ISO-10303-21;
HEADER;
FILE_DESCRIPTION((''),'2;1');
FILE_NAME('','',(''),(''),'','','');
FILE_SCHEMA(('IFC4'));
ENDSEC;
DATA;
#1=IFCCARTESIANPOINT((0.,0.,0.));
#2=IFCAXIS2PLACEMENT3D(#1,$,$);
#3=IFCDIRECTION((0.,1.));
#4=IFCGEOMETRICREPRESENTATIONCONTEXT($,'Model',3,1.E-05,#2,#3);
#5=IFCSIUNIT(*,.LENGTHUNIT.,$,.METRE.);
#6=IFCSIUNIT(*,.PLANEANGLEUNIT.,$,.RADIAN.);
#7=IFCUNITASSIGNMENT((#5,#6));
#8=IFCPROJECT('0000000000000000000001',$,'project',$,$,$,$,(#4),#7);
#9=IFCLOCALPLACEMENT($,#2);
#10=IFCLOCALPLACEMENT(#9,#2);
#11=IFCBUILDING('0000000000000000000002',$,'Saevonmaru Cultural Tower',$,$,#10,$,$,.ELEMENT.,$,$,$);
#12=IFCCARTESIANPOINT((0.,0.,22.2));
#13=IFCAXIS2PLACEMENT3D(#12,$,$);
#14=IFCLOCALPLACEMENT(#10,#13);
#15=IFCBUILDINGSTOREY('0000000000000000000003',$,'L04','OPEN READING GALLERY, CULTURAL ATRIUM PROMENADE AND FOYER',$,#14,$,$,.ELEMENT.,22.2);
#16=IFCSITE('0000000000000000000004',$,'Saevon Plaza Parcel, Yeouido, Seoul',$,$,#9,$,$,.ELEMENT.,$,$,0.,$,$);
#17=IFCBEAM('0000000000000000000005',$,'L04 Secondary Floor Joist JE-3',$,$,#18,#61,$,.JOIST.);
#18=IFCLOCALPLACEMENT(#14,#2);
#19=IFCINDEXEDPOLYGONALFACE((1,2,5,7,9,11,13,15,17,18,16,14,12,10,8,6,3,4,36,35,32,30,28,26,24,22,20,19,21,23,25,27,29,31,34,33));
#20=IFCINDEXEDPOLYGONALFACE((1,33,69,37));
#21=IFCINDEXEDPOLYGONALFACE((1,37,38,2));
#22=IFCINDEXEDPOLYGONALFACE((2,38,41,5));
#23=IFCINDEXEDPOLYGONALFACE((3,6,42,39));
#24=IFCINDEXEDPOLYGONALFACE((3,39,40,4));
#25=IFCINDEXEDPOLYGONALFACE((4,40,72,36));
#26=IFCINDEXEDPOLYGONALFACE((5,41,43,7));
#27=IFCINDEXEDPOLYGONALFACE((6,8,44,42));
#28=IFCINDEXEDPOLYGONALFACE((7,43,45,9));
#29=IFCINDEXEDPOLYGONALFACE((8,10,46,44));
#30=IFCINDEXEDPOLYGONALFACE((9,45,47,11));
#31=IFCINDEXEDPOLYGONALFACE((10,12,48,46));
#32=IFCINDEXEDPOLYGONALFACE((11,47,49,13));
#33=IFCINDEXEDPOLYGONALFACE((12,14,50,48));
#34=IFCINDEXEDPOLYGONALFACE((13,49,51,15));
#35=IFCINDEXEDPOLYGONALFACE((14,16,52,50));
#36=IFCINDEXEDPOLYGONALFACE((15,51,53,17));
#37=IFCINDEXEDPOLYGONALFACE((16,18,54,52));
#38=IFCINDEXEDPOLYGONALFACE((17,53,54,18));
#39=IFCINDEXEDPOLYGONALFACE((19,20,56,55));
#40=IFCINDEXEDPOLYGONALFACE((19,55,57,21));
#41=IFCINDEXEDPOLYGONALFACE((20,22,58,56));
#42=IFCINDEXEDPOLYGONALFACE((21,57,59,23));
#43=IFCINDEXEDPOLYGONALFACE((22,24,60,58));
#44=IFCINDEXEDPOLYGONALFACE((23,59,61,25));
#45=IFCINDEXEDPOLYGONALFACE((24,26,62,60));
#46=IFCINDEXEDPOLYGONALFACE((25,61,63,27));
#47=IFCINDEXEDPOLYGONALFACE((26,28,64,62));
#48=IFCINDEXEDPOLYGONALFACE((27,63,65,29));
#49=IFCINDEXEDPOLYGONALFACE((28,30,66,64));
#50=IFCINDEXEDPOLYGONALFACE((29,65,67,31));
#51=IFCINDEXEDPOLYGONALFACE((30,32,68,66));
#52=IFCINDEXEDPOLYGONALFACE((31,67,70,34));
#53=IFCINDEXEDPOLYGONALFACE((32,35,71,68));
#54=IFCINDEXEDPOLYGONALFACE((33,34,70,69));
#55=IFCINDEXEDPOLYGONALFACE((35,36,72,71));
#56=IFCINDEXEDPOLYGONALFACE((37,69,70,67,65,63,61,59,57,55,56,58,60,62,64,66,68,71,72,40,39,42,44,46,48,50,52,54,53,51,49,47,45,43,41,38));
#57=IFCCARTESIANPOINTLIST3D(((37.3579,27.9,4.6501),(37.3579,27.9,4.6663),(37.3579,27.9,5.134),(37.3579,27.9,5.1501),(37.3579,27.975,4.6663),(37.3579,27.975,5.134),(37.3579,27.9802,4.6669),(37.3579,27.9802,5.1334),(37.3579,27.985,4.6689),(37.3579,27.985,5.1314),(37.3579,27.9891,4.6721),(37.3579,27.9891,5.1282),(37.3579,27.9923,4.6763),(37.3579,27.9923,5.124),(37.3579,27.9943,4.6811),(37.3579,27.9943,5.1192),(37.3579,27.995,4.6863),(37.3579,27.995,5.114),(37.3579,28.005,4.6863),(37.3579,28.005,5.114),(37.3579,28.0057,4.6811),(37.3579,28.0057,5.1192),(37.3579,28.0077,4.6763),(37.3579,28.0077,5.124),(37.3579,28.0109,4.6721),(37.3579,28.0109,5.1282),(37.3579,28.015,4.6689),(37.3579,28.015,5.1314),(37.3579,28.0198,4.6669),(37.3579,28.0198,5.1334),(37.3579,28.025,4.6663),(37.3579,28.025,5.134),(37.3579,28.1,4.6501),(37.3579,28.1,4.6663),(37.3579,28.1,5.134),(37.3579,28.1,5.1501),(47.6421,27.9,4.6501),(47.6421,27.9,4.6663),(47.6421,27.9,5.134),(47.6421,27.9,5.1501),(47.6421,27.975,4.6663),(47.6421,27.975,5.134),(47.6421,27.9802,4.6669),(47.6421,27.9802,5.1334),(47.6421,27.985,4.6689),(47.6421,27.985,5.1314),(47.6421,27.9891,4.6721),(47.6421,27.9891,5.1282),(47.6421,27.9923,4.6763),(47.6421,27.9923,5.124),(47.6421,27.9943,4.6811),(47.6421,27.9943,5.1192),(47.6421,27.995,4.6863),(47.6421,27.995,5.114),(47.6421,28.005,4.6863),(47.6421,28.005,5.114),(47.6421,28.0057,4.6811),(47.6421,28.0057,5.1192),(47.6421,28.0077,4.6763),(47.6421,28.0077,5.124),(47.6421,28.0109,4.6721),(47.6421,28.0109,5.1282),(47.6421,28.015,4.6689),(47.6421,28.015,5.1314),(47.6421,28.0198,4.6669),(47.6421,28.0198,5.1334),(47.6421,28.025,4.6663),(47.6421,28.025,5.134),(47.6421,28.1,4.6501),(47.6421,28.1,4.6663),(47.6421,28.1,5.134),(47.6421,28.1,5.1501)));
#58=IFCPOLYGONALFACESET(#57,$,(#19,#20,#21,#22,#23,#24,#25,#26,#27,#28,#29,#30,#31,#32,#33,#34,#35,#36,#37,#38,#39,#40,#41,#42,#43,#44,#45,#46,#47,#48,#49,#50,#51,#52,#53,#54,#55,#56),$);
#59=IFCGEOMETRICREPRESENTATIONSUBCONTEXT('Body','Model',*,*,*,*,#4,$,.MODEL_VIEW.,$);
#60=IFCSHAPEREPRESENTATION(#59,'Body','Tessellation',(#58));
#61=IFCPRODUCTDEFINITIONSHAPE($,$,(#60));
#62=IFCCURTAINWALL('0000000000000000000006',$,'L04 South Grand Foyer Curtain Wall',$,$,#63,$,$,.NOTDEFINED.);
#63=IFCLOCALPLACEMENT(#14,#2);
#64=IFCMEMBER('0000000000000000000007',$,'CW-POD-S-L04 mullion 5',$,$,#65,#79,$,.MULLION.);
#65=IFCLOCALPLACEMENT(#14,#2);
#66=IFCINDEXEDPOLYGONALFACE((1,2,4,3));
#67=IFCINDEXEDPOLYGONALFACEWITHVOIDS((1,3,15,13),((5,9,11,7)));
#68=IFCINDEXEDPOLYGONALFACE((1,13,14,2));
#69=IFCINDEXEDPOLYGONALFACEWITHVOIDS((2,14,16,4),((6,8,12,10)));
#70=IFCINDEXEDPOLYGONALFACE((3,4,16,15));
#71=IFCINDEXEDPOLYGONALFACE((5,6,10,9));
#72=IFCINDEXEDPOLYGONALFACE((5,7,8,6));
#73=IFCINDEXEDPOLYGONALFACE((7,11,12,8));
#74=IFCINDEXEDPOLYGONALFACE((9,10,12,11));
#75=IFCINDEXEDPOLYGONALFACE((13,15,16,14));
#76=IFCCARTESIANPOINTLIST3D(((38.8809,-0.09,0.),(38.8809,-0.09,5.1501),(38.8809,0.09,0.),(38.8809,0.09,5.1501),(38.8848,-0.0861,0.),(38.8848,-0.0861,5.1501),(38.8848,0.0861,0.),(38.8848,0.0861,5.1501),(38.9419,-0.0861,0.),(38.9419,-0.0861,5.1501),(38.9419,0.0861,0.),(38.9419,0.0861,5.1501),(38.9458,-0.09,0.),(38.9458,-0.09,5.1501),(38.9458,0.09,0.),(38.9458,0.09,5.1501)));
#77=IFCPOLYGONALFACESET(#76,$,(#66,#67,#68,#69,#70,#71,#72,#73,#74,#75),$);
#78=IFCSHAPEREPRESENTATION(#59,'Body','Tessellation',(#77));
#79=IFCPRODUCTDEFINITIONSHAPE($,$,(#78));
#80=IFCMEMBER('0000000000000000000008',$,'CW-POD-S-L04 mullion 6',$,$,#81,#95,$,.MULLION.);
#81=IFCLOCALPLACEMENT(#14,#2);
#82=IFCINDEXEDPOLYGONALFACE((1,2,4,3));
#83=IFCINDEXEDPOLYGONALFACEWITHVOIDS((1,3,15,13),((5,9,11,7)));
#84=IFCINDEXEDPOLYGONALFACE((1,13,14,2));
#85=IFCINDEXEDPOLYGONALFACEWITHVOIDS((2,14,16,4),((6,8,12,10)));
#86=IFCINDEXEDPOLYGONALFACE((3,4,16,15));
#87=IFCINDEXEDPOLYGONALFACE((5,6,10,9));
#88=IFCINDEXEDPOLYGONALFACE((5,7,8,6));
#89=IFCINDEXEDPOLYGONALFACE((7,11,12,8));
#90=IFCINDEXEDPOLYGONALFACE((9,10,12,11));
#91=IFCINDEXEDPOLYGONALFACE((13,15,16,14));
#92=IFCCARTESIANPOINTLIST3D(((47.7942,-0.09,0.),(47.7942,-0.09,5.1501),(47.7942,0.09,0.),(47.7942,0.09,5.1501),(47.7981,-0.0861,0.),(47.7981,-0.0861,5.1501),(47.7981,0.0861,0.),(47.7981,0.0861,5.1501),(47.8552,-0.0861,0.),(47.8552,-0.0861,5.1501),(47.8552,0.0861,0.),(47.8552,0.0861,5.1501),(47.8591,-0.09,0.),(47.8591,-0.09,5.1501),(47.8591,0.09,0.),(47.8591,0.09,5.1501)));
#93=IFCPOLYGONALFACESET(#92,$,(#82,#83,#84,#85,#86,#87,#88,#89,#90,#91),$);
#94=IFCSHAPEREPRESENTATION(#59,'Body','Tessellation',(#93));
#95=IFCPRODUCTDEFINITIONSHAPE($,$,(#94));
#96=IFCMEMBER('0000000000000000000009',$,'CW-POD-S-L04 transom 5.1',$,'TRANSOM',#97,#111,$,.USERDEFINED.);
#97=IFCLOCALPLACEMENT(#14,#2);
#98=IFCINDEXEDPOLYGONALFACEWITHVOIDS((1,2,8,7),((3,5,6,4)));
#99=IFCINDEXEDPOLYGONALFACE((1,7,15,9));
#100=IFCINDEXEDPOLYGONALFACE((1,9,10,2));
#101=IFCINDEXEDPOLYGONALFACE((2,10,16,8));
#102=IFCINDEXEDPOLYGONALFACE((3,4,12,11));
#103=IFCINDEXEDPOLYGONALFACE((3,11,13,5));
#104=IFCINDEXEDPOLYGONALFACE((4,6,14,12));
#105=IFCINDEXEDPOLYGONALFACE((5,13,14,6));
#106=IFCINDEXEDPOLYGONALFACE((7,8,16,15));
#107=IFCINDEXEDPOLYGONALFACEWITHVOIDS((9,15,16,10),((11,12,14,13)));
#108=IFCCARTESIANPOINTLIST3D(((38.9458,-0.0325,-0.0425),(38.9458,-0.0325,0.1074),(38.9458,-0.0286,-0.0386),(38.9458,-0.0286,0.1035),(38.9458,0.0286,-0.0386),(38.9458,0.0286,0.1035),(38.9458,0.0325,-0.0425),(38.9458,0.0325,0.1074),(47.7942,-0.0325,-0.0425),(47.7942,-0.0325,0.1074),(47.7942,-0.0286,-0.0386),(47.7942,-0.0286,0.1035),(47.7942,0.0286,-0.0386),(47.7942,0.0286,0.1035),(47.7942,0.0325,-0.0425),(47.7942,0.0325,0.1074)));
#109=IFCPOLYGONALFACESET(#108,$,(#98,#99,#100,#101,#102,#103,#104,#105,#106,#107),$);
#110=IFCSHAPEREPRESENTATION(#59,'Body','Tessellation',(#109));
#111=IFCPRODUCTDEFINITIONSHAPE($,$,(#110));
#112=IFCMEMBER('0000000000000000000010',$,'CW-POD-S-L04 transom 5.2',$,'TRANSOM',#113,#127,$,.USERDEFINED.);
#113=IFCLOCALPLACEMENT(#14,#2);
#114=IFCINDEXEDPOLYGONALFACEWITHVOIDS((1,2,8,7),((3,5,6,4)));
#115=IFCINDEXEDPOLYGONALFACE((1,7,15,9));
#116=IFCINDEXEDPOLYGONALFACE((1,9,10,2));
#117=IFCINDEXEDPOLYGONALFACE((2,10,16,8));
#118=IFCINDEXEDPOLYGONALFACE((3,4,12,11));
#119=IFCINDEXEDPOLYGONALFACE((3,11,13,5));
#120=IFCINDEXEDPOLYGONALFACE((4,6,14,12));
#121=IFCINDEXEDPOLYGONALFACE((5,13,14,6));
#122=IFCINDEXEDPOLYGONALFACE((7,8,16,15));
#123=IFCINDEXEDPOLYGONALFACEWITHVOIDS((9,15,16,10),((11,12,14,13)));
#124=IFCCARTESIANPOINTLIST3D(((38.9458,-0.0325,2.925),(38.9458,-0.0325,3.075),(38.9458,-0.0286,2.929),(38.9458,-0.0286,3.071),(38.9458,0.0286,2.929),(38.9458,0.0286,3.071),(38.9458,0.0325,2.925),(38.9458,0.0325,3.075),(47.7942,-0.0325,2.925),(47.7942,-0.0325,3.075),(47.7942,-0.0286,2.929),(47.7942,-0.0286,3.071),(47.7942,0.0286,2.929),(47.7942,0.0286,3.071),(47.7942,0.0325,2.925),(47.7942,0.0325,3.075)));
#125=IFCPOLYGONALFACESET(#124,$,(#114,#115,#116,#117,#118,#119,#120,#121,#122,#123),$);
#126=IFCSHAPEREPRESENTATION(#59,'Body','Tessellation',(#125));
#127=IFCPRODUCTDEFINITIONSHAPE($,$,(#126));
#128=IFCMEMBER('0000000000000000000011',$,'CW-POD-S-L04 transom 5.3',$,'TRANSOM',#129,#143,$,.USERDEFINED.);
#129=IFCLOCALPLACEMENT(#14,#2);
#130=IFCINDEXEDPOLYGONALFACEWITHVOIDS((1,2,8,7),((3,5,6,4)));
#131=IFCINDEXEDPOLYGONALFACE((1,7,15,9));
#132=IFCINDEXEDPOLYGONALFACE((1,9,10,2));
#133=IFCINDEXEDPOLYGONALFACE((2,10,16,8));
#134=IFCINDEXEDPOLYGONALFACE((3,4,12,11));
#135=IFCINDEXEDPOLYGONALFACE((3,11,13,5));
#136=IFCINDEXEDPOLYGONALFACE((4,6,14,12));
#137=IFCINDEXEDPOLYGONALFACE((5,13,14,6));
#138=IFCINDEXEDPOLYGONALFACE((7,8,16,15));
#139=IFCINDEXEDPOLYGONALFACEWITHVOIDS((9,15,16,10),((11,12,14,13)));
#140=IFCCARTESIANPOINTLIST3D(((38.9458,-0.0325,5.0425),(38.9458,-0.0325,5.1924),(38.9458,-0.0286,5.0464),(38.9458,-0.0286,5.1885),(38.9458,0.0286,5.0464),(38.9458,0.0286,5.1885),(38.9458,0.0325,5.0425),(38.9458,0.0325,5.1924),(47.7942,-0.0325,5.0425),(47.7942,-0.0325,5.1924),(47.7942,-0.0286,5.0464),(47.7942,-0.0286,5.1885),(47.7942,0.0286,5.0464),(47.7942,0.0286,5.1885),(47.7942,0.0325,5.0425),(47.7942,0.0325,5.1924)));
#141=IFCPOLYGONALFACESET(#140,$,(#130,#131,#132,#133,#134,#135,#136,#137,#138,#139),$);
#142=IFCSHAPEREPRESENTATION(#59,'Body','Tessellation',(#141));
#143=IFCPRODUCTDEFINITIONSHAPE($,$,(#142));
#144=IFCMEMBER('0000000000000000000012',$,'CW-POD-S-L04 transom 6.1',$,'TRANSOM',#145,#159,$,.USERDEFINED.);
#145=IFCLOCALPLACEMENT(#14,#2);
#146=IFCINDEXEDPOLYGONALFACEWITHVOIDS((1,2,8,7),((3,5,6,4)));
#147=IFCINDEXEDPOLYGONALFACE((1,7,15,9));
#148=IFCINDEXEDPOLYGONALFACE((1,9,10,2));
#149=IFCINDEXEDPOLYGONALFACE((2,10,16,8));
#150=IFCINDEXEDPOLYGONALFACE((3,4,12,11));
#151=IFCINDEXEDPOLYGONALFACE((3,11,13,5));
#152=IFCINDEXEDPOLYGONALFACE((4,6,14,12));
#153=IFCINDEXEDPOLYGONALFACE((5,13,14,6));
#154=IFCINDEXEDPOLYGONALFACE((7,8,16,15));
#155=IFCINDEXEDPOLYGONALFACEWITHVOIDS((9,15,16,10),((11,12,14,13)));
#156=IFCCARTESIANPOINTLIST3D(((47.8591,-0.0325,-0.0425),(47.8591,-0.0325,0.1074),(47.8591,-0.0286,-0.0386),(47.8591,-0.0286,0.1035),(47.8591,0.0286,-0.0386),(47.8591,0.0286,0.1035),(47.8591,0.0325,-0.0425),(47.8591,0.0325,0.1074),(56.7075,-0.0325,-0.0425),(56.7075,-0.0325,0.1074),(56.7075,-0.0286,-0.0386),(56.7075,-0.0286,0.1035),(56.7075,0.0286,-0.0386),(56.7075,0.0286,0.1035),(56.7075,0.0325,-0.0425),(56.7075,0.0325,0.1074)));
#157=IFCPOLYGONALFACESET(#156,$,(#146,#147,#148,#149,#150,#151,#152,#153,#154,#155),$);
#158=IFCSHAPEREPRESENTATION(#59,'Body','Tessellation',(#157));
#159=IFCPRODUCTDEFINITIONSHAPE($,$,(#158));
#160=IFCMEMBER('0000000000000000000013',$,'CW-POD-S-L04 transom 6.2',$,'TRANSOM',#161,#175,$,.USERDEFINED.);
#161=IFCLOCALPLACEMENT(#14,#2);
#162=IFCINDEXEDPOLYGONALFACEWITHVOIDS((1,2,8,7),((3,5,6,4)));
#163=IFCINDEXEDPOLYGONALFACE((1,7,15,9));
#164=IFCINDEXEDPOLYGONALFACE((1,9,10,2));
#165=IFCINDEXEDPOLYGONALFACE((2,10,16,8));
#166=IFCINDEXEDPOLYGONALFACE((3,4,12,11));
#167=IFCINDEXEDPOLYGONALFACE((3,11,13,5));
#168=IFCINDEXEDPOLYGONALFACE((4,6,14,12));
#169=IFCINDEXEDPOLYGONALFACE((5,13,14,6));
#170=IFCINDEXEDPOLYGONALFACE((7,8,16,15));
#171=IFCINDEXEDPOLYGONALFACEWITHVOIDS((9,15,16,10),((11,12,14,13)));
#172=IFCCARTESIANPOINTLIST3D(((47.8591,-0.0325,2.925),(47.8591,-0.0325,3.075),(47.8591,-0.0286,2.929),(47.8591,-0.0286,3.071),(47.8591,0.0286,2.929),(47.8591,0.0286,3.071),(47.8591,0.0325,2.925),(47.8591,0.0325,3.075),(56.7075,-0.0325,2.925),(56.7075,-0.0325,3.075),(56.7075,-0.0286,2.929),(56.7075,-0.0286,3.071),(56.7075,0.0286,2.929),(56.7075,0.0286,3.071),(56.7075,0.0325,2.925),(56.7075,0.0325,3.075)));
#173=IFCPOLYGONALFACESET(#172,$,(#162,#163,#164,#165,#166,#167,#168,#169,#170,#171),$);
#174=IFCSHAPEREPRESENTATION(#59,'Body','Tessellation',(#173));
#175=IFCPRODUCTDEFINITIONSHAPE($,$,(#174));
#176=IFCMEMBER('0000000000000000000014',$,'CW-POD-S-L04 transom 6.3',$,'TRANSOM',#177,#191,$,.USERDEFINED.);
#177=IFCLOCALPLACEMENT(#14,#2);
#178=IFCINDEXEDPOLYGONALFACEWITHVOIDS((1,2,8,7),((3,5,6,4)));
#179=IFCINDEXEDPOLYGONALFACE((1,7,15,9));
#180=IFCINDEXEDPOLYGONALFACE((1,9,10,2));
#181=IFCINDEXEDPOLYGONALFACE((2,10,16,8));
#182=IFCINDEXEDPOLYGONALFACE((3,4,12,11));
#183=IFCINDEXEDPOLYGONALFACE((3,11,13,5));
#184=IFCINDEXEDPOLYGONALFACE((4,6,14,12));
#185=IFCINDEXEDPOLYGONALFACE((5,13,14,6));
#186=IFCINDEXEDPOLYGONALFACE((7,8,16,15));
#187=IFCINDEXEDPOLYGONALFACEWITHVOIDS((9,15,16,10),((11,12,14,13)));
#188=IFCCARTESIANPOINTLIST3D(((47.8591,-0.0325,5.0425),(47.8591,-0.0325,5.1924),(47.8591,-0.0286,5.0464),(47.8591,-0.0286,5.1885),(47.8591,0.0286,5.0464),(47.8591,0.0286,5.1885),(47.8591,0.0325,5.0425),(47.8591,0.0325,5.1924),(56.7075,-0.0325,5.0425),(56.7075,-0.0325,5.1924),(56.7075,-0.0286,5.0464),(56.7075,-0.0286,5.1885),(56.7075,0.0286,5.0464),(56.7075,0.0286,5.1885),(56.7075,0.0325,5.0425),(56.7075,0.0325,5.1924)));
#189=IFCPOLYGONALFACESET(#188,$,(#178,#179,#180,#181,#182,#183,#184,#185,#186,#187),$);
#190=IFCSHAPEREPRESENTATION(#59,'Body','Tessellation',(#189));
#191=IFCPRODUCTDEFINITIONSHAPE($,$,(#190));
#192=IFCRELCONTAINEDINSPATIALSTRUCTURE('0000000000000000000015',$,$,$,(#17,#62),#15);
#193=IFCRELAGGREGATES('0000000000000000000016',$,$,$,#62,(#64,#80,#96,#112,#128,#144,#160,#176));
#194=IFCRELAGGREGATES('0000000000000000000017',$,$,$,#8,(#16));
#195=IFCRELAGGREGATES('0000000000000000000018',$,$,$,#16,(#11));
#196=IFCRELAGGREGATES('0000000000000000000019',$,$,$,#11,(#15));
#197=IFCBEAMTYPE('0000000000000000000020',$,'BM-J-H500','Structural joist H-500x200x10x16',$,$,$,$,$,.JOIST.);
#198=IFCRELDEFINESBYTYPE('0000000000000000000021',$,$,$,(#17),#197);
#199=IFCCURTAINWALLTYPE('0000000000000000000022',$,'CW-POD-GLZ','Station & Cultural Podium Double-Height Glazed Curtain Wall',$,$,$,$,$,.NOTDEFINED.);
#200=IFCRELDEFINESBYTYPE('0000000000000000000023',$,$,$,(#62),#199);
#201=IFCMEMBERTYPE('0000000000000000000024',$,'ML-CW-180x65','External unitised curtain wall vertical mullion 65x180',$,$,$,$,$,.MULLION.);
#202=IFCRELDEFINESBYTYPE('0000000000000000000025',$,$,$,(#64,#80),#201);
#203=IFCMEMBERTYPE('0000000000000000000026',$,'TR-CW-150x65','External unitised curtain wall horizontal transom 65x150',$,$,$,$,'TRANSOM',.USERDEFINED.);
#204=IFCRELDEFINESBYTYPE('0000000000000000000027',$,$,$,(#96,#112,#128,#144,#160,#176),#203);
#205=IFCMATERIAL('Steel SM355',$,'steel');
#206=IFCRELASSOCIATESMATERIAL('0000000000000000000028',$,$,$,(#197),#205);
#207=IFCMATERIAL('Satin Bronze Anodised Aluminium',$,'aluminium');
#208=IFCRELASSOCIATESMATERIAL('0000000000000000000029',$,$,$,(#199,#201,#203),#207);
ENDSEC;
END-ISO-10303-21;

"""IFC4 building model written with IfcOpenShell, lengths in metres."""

from ifc_helpers import new_model, si_unit, direction, frame, origin, origin_2d, place, context, subcontext, project, spatial, hollow_rectangle, i_section, extrude, material, material_profile, profile_set, type_object, element, aggregate, save


model = new_model("IFC4")

# Units and contexts
model_context = context("Model", 3, precision=1e-05, world=origin(), true_north=direction((0.0, 1.0)))
body_context = subcontext(model_context, "Body", "Model", "MODEL_VIEW")
ifc_project = project(units=[si_unit("LENGTHUNIT", "METRE"), si_unit("PLANEANGLEUNIT", "RADIAN")], contexts=[model_context])

# Site, building, storey
site_placement = place(None, origin())
site = spatial("IfcSite", under=ifc_project, at=site_placement, Name="Saevon Plaza Parcel, Yeouido, Seoul", CompositionType="ELEMENT", RefElevation=0.0)
building_placement = place(site_placement, origin())
building = spatial("IfcBuilding", under=site, at=building_placement, Name="Saevonmaru Cultural Tower", CompositionType="ELEMENT")
storey_placement = place(building_placement, frame((0.0, 0.0, 22.2)))
storey = spatial("IfcBuildingStorey", under=building, at=storey_placement, Name="L04", Description="OPEN READING GALLERY, CULTURAL ATRIUM PROMENADE AND FOYER", CompositionType="ELEMENT", Elevation=22.2)

# Beam
ifc_material_1 = material(Name="Steel SM355", Category="steel")
ifc_material_profile_1 = material_profile(ifc_material_1, i_section(OverallWidth=0.2, OverallDepth=0.5, WebThickness=0.01, FlangeThickness=0.0161, FilletRadius=0.02, at=origin_2d()), Name="H-500x200x10x16")
ifc_profile_set_1 = profile_set([ifc_material_profile_1], Name="Steel SM355")
beam_type_1 = type_object("IfcBeamType", Name="BM-J-H500", Description="Structural joist H-500x200x10x16", PredefinedType="JOIST", material=ifc_profile_set_1)
for number, where, z_axis, x_axis, name in (
    (1, (37.3579, 28.0, 4.9001), (1.0, 0.0, 0.0), (0.0, 1.0, 0.0), "L04 Secondary Floor Joist JE-3"),
):
    element("IfcBeam", number, at=place(storey_placement, frame(where, z_axis=z_axis, x_axis=x_axis)), inside=storey, type_object=beam_type_1, Name=name, PredefinedType="JOIST", context=body_context, shape_type="SweptSolid", body=[
        extrude(i_section(OverallWidth=0.2, OverallDepth=0.5, WebThickness=0.01, FlangeThickness=0.0161, FilletRadius=0.02, at=origin_2d()), origin(), (0.0, 0.0, 1.0), 10.2842),
    ])

# Curtain wall, members
ifc_material_2 = material(Name="Satin Bronze Anodised Aluminium", Category="aluminium")
curtain_wall_type = type_object("IfcCurtainWallType", Name="CW-POD-GLZ", Description="Station & Cultural Podium Double-Height Glazed Curtain Wall", PredefinedType="NOTDEFINED", material=ifc_material_2)
curtain_wall_placement = place(storey_placement, origin())
curtain_wall = element("IfcCurtainWall", 2, at=curtain_wall_placement, inside=storey, type_object=curtain_wall_type, Name="L04 South Grand Foyer Curtain Wall", PredefinedType="NOTDEFINED")
ifc_material_profile_2 = material_profile(ifc_material_2, hollow_rectangle(XDim=0.0649, YDim=0.1799, WallThickness=0.0039, at=origin_2d()), Name="ALU-MULL-180x65x4")
ifc_profile_set_2 = profile_set([ifc_material_profile_2], Name="Satin Bronze Anodised Aluminium")
member_type_1 = type_object("IfcMemberType", Name="ML-CW-180x65", Description="External unitised curtain wall vertical mullion 65x180", PredefinedType="MULLION", material=ifc_profile_set_2)
member_1_placement = place(storey_placement, frame((38.9133, 0.0, 0.0), z_axis=(0.0, 0.0, 1.0), x_axis=(1.0, 0.0, 0.0)))
member_1 = element("IfcMember", 3, at=member_1_placement, type_object=member_type_1, Name="CW-POD-S-L04 mullion 5", PredefinedType="MULLION", context=body_context, shape_type="SweptSolid", body=[
    extrude(hollow_rectangle(XDim=0.0649, YDim=0.1799, WallThickness=0.0039, at=origin_2d()), origin(), (0.0, 0.0, 1.0), 5.1501),
])
member_2_placement = place(storey_placement, frame((47.8267, 0.0, 0.0), z_axis=(0.0, 0.0, 1.0), x_axis=(1.0, 0.0, 0.0)))
member_2 = element("IfcMember", 4, at=member_2_placement, type_object=member_type_1, Name="CW-POD-S-L04 mullion 6", PredefinedType="MULLION", context=body_context, shape_type="SweptSolid", body=[
    extrude(hollow_rectangle(XDim=0.0649, YDim=0.1799, WallThickness=0.0039, at=origin_2d()), origin(), (0.0, 0.0, 1.0), 5.1501),
])
ifc_material_profile_3 = material_profile(ifc_material_2, hollow_rectangle(XDim=0.0649, YDim=0.1499, WallThickness=0.0039, at=origin_2d()), Name="ALU-TRAN-150x65x4")
ifc_profile_set_3 = profile_set([ifc_material_profile_3], Name="Satin Bronze Anodised Aluminium")
member_type_2 = type_object("IfcMemberType", Name="TR-CW-150x65", Description="External unitised curtain wall horizontal transom 65x150", ElementType="TRANSOM", PredefinedType="USERDEFINED", material=ifc_profile_set_3)
member_3_placement = place(storey_placement, frame((38.9458, 0.0, 0.0325), z_axis=(1.0, 0.0, 0.0), x_axis=(0.0, 1.0, 0.0)))
member_3 = element("IfcMember", 5, at=member_3_placement, type_object=member_type_2, Name="CW-POD-S-L04 transom 5.1", ObjectType="TRANSOM", PredefinedType="USERDEFINED", context=body_context, shape_type="SweptSolid", body=[
    extrude(hollow_rectangle(XDim=0.0649, YDim=0.1499, WallThickness=0.0039, at=origin_2d()), origin(), (0.0, 0.0, 1.0), 8.8484),
])
member_4_placement = place(storey_placement, frame((38.9458, 0.0, 3.0), z_axis=(1.0, 0.0, 0.0), x_axis=(0.0, 1.0, 0.0)))
member_4 = element("IfcMember", 6, at=member_4_placement, type_object=member_type_2, Name="CW-POD-S-L04 transom 5.2", ObjectType="TRANSOM", PredefinedType="USERDEFINED", context=body_context, shape_type="SweptSolid", body=[
    extrude(hollow_rectangle(XDim=0.0649, YDim=0.1499, WallThickness=0.0039, at=origin_2d()), origin(), (0.0, 0.0, 1.0), 8.8484),
])
member_5_placement = place(storey_placement, frame((38.9458, 0.0, 5.1174), z_axis=(1.0, 0.0, 0.0), x_axis=(0.0, 1.0, 0.0)))
member_5 = element("IfcMember", 7, at=member_5_placement, type_object=member_type_2, Name="CW-POD-S-L04 transom 5.3", ObjectType="TRANSOM", PredefinedType="USERDEFINED", context=body_context, shape_type="SweptSolid", body=[
    extrude(hollow_rectangle(XDim=0.0649, YDim=0.1499, WallThickness=0.0039, at=origin_2d()), origin(), (0.0, 0.0, 1.0), 8.8484),
])
member_6_placement = place(storey_placement, frame((47.8591, 0.0, 0.0325), z_axis=(1.0, 0.0, 0.0), x_axis=(0.0, 1.0, 0.0)))
member_6 = element("IfcMember", 8, at=member_6_placement, type_object=member_type_2, Name="CW-POD-S-L04 transom 6.1", ObjectType="TRANSOM", PredefinedType="USERDEFINED", context=body_context, shape_type="SweptSolid", body=[
    extrude(hollow_rectangle(XDim=0.0649, YDim=0.1499, WallThickness=0.0039, at=origin_2d()), origin(), (0.0, 0.0, 1.0), 8.8484),
])
member_7_placement = place(storey_placement, frame((47.8591, 0.0, 3.0), z_axis=(1.0, 0.0, 0.0), x_axis=(0.0, 1.0, 0.0)))
member_7 = element("IfcMember", 9, at=member_7_placement, type_object=member_type_2, Name="CW-POD-S-L04 transom 6.2", ObjectType="TRANSOM", PredefinedType="USERDEFINED", context=body_context, shape_type="SweptSolid", body=[
    extrude(hollow_rectangle(XDim=0.0649, YDim=0.1499, WallThickness=0.0039, at=origin_2d()), origin(), (0.0, 0.0, 1.0), 8.8484),
])
member_8_placement = place(storey_placement, frame((47.8591, 0.0, 5.1174), z_axis=(1.0, 0.0, 0.0), x_axis=(0.0, 1.0, 0.0)))
member_8 = element("IfcMember", 10, at=member_8_placement, type_object=member_type_2, Name="CW-POD-S-L04 transom 6.3", ObjectType="TRANSOM", PredefinedType="USERDEFINED", context=body_context, shape_type="SweptSolid", body=[
    extrude(hollow_rectangle(XDim=0.0649, YDim=0.1499, WallThickness=0.0039, at=origin_2d()), origin(), (0.0, 0.0, 1.0), 8.8484),
])
aggregate(curtain_wall, [member_1, member_2, member_3, member_4, member_5, member_6, member_7, member_8])

save(model, "model.ifc")
